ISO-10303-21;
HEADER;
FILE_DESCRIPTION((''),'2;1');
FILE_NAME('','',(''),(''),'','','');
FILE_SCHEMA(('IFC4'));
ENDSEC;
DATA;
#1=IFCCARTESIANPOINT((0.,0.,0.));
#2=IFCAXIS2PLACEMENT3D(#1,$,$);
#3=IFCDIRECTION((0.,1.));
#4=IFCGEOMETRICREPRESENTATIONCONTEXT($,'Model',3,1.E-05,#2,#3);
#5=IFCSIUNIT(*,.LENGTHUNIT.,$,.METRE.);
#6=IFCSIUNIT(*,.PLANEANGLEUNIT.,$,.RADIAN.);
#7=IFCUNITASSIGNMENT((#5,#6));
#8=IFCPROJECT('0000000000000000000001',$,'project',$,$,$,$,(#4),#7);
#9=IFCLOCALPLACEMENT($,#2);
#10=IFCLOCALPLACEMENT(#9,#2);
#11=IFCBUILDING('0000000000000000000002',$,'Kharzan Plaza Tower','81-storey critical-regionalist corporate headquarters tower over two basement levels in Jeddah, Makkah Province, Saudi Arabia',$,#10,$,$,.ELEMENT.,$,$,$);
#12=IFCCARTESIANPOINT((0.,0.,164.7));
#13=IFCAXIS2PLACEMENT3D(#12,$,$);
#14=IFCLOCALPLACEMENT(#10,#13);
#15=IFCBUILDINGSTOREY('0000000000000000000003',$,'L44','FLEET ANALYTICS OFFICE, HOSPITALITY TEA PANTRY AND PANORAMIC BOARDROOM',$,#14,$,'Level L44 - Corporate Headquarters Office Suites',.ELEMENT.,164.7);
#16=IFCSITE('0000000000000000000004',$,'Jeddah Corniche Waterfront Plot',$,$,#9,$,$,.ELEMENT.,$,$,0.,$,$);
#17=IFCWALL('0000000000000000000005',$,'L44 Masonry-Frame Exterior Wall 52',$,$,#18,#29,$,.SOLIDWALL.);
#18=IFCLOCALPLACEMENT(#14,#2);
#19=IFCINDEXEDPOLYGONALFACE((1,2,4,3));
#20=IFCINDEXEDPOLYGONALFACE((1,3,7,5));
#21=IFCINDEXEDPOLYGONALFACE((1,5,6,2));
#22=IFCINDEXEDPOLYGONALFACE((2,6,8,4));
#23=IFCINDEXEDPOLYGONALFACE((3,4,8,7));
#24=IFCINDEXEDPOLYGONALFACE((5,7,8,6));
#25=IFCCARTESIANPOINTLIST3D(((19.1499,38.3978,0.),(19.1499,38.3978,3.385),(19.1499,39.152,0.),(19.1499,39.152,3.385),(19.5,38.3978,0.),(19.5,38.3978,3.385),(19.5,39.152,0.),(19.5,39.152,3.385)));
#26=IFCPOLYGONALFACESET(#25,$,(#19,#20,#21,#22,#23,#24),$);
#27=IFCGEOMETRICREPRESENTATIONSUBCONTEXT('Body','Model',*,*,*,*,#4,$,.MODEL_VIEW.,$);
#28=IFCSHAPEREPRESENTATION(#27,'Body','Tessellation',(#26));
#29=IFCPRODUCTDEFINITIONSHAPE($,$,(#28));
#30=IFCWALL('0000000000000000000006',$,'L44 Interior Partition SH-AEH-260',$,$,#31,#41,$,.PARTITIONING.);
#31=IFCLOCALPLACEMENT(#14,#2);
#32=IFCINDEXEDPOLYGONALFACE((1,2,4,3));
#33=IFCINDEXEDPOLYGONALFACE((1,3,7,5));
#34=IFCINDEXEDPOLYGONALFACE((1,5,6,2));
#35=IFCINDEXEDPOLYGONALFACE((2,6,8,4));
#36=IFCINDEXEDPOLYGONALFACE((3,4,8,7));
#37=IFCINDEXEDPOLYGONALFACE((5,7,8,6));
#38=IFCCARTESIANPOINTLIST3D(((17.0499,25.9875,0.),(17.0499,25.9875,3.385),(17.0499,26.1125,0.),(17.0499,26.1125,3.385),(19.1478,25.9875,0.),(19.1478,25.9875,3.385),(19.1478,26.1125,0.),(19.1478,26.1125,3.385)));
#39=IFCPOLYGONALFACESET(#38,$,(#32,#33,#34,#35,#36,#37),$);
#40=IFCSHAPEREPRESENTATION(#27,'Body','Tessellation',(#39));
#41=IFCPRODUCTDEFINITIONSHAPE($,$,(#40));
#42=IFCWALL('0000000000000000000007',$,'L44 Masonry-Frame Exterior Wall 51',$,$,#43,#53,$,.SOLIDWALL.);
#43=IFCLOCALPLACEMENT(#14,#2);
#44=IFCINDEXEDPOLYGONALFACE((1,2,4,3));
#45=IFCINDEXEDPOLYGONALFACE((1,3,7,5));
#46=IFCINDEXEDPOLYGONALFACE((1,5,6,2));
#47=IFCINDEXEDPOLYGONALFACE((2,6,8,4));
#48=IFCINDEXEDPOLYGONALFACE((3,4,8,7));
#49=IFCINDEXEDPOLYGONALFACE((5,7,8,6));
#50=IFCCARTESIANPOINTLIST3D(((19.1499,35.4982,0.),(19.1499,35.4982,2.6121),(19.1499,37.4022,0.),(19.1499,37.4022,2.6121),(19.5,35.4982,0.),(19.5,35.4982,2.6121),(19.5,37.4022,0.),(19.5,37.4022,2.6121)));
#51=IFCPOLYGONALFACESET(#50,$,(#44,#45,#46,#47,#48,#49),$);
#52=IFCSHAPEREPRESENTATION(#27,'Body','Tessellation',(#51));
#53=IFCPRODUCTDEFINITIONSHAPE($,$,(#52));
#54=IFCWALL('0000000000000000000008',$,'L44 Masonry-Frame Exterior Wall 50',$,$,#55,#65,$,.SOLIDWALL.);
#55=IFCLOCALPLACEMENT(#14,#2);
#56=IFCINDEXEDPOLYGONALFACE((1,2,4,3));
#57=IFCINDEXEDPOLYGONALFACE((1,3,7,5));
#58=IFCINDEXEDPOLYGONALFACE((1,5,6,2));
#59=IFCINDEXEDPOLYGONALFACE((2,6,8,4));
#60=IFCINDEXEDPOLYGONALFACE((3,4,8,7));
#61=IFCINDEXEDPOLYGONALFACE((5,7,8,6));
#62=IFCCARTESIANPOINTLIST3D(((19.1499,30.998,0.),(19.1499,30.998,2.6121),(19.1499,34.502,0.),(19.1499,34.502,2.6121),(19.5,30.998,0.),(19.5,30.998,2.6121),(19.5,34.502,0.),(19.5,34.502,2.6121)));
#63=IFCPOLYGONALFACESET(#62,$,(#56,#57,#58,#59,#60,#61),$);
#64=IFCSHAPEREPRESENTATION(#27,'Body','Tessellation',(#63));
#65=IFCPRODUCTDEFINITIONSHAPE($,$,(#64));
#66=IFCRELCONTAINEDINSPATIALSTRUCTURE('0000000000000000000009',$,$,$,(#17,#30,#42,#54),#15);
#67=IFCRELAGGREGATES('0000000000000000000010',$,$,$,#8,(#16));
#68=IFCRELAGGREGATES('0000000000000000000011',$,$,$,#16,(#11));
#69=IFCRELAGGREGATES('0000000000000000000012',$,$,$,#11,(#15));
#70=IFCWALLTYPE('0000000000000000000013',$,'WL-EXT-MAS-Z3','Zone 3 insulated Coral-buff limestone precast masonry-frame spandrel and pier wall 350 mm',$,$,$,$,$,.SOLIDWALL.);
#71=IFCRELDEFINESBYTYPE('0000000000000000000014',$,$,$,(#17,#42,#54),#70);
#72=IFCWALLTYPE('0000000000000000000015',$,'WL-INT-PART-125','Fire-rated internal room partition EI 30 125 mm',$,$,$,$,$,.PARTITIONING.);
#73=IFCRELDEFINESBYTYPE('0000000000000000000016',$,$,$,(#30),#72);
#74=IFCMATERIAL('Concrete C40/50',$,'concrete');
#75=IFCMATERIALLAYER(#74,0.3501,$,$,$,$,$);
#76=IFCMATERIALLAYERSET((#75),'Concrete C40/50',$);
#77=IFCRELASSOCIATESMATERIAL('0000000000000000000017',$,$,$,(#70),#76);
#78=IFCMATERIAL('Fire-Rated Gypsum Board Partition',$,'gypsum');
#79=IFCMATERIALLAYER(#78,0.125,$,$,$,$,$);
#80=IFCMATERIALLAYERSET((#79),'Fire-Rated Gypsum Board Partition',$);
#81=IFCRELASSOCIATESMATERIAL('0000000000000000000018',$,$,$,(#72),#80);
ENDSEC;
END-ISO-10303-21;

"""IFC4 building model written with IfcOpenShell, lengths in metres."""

from ifc_helpers import new_model, si_unit, direction, frame, frame_2d, origin, place, context, subcontext, project, spatial, rectangle, extrude, source, transform, mapped, material, layer, layer_set, type_object, element, save


model = new_model("IFC4")

# Units and contexts
model_context = context("Model", 3, precision=1e-05, world=origin(), true_north=direction((0.0, 1.0)))
body_context = subcontext(model_context, "Body", "Model", "MODEL_VIEW")
ifc_project = project(units=[si_unit("LENGTHUNIT", "METRE"), si_unit("PLANEANGLEUNIT", "RADIAN")], contexts=[model_context])

# Site, building, storey
site_placement = place(None, origin())
site = spatial("IfcSite", under=ifc_project, at=site_placement, Name="Jeddah Corniche Waterfront Plot", CompositionType="ELEMENT", RefElevation=0.0)
building_placement = place(site_placement, origin())
building = spatial("IfcBuilding", under=site, at=building_placement, Name="Kharzan Plaza Tower", Description="81-storey critical-regionalist corporate headquarters tower over two basement levels in Jeddah, Makkah Province, Saudi Arabia", CompositionType="ELEMENT")
storey_placement = place(building_placement, frame((0.0, 0.0, 164.7)))
storey = spatial("IfcBuildingStorey", under=building, at=storey_placement, Name="L44", Description="FLEET ANALYTICS OFFICE, HOSPITALITY TEA PANTRY AND PANORAMIC BOARDROOM", LongName="Level L44 - Corporate Headquarters Office Suites", CompositionType="ELEMENT", Elevation=164.7)

# Shared definitions
ifc_material_1 = material(Name="Concrete C40/50", Category="concrete")
ifc_layer_1 = layer(ifc_material_1, 0.3501)
ifc_layer_set_1 = layer_set([ifc_layer_1], Name="Concrete C40/50")
wall_type_1 = type_object("IfcWallType", Name="WL-EXT-MAS-Z3", Description="Zone 3 insulated Coral-buff limestone precast masonry-frame spandrel and pier wall 350 mm", PredefinedType="SOLIDWALL", material=ifc_layer_set_1)

# Shared definitions
ifc_material_2 = material(Name="Fire-Rated Gypsum Board Partition", Category="gypsum")
ifc_layer_2 = layer(ifc_material_2, 0.125)
ifc_layer_set_2 = layer_set([ifc_layer_2], Name="Fire-Rated Gypsum Board Partition")
wall_type_2 = type_object("IfcWallType", Name="WL-INT-PART-125", Description="Fire-rated internal room partition EI 30 125 mm", PredefinedType="PARTITIONING", material=ifc_layer_set_2)

# Walls
shared_shape_1 = source(origin(), body_context, "Body", "SweptSolid", [
    extrude(rectangle(XDim=0.7542, YDim=0.3501, at=frame_2d((0.377, 0.0))), origin(), (0.0, 0.0, 1.0), 3.385),
])
wall_1_placement = place(storey_placement, frame((19.325, 38.3979, 0.0), z_axis=(0.0, 0.0, 1.0), x_axis=(0.0, 1.0, 0.0)))
element("IfcWall", 1, at=wall_1_placement, inside=storey, type_object=wall_type_1, Name="L44 Masonry-Frame Exterior Wall 52", PredefinedType="SOLIDWALL", context=body_context, shape_type="MappedRepresentation", body=[
    mapped(shared_shape_1, transform((0.0, 0.0, 0.0), x_axis=(1.0, 0.0, 0.0), y_axis=(0.0, 1.0, 0.0), z_axis=(0.0, 0.0, 1.0))),
])
shared_shape_2 = source(origin(), body_context, "Body", "SweptSolid", [
    extrude(rectangle(XDim=2.0979, YDim=0.125, at=frame_2d((1.0488, 0.0))), origin(), (0.0, 0.0, 1.0), 3.385),
])
wall_2_placement = place(storey_placement, frame((17.05, 26.05, 0.0), z_axis=(0.0, 0.0, 1.0), x_axis=(1.0, 0.0, 0.0)))
element("IfcWall", 2, at=wall_2_placement, inside=storey, type_object=wall_type_2, Name="L44 Interior Partition SH-AEH-260", PredefinedType="PARTITIONING", context=body_context, shape_type="MappedRepresentation", body=[
    mapped(shared_shape_2, transform((0.0, 0.0, 0.0), x_axis=(1.0, 0.0, 0.0), y_axis=(0.0, 1.0, 0.0), z_axis=(0.0, 0.0, 1.0))),
])
shared_shape_3 = source(origin(), body_context, "Body", "SweptSolid", [
    extrude(rectangle(XDim=1.9041, YDim=0.3501, at=frame_2d((0.9521, 0.0))), origin(), (0.0, 0.0, 1.0), 2.6121),
])
wall_3_placement = place(storey_placement, frame((19.325, 35.498, 0.0), z_axis=(0.0, 0.0, 1.0), x_axis=(0.0, 1.0, 0.0)))
element("IfcWall", 3, at=wall_3_placement, inside=storey, type_object=wall_type_1, Name="L44 Masonry-Frame Exterior Wall 51", PredefinedType="SOLIDWALL", context=body_context, shape_type="MappedRepresentation", body=[
    mapped(shared_shape_3, transform((0.0, 0.0, 0.0), x_axis=(1.0, 0.0, 0.0), y_axis=(0.0, 1.0, 0.0), z_axis=(0.0, 0.0, 1.0))),
])
shared_shape_4 = source(origin(), body_context, "Body", "SweptSolid", [
    extrude(rectangle(XDim=3.5039, YDim=0.3501, at=frame_2d((1.752, 0.0))), origin(), (0.0, 0.0, 1.0), 2.6121),
])
wall_4_placement = place(storey_placement, frame((19.325, 30.998, 0.0), z_axis=(0.0, 0.0, 1.0), x_axis=(0.0, 1.0, 0.0)))
element("IfcWall", 4, at=wall_4_placement, inside=storey, type_object=wall_type_1, Name="L44 Masonry-Frame Exterior Wall 50", PredefinedType="SOLIDWALL", context=body_context, shape_type="MappedRepresentation", body=[
    mapped(shared_shape_4, transform((0.0, 0.0, 0.0), x_axis=(1.0, 0.0, 0.0), y_axis=(0.0, 1.0, 0.0), z_axis=(0.0, 0.0, 1.0))),
])

save(model, "model.ifc")
